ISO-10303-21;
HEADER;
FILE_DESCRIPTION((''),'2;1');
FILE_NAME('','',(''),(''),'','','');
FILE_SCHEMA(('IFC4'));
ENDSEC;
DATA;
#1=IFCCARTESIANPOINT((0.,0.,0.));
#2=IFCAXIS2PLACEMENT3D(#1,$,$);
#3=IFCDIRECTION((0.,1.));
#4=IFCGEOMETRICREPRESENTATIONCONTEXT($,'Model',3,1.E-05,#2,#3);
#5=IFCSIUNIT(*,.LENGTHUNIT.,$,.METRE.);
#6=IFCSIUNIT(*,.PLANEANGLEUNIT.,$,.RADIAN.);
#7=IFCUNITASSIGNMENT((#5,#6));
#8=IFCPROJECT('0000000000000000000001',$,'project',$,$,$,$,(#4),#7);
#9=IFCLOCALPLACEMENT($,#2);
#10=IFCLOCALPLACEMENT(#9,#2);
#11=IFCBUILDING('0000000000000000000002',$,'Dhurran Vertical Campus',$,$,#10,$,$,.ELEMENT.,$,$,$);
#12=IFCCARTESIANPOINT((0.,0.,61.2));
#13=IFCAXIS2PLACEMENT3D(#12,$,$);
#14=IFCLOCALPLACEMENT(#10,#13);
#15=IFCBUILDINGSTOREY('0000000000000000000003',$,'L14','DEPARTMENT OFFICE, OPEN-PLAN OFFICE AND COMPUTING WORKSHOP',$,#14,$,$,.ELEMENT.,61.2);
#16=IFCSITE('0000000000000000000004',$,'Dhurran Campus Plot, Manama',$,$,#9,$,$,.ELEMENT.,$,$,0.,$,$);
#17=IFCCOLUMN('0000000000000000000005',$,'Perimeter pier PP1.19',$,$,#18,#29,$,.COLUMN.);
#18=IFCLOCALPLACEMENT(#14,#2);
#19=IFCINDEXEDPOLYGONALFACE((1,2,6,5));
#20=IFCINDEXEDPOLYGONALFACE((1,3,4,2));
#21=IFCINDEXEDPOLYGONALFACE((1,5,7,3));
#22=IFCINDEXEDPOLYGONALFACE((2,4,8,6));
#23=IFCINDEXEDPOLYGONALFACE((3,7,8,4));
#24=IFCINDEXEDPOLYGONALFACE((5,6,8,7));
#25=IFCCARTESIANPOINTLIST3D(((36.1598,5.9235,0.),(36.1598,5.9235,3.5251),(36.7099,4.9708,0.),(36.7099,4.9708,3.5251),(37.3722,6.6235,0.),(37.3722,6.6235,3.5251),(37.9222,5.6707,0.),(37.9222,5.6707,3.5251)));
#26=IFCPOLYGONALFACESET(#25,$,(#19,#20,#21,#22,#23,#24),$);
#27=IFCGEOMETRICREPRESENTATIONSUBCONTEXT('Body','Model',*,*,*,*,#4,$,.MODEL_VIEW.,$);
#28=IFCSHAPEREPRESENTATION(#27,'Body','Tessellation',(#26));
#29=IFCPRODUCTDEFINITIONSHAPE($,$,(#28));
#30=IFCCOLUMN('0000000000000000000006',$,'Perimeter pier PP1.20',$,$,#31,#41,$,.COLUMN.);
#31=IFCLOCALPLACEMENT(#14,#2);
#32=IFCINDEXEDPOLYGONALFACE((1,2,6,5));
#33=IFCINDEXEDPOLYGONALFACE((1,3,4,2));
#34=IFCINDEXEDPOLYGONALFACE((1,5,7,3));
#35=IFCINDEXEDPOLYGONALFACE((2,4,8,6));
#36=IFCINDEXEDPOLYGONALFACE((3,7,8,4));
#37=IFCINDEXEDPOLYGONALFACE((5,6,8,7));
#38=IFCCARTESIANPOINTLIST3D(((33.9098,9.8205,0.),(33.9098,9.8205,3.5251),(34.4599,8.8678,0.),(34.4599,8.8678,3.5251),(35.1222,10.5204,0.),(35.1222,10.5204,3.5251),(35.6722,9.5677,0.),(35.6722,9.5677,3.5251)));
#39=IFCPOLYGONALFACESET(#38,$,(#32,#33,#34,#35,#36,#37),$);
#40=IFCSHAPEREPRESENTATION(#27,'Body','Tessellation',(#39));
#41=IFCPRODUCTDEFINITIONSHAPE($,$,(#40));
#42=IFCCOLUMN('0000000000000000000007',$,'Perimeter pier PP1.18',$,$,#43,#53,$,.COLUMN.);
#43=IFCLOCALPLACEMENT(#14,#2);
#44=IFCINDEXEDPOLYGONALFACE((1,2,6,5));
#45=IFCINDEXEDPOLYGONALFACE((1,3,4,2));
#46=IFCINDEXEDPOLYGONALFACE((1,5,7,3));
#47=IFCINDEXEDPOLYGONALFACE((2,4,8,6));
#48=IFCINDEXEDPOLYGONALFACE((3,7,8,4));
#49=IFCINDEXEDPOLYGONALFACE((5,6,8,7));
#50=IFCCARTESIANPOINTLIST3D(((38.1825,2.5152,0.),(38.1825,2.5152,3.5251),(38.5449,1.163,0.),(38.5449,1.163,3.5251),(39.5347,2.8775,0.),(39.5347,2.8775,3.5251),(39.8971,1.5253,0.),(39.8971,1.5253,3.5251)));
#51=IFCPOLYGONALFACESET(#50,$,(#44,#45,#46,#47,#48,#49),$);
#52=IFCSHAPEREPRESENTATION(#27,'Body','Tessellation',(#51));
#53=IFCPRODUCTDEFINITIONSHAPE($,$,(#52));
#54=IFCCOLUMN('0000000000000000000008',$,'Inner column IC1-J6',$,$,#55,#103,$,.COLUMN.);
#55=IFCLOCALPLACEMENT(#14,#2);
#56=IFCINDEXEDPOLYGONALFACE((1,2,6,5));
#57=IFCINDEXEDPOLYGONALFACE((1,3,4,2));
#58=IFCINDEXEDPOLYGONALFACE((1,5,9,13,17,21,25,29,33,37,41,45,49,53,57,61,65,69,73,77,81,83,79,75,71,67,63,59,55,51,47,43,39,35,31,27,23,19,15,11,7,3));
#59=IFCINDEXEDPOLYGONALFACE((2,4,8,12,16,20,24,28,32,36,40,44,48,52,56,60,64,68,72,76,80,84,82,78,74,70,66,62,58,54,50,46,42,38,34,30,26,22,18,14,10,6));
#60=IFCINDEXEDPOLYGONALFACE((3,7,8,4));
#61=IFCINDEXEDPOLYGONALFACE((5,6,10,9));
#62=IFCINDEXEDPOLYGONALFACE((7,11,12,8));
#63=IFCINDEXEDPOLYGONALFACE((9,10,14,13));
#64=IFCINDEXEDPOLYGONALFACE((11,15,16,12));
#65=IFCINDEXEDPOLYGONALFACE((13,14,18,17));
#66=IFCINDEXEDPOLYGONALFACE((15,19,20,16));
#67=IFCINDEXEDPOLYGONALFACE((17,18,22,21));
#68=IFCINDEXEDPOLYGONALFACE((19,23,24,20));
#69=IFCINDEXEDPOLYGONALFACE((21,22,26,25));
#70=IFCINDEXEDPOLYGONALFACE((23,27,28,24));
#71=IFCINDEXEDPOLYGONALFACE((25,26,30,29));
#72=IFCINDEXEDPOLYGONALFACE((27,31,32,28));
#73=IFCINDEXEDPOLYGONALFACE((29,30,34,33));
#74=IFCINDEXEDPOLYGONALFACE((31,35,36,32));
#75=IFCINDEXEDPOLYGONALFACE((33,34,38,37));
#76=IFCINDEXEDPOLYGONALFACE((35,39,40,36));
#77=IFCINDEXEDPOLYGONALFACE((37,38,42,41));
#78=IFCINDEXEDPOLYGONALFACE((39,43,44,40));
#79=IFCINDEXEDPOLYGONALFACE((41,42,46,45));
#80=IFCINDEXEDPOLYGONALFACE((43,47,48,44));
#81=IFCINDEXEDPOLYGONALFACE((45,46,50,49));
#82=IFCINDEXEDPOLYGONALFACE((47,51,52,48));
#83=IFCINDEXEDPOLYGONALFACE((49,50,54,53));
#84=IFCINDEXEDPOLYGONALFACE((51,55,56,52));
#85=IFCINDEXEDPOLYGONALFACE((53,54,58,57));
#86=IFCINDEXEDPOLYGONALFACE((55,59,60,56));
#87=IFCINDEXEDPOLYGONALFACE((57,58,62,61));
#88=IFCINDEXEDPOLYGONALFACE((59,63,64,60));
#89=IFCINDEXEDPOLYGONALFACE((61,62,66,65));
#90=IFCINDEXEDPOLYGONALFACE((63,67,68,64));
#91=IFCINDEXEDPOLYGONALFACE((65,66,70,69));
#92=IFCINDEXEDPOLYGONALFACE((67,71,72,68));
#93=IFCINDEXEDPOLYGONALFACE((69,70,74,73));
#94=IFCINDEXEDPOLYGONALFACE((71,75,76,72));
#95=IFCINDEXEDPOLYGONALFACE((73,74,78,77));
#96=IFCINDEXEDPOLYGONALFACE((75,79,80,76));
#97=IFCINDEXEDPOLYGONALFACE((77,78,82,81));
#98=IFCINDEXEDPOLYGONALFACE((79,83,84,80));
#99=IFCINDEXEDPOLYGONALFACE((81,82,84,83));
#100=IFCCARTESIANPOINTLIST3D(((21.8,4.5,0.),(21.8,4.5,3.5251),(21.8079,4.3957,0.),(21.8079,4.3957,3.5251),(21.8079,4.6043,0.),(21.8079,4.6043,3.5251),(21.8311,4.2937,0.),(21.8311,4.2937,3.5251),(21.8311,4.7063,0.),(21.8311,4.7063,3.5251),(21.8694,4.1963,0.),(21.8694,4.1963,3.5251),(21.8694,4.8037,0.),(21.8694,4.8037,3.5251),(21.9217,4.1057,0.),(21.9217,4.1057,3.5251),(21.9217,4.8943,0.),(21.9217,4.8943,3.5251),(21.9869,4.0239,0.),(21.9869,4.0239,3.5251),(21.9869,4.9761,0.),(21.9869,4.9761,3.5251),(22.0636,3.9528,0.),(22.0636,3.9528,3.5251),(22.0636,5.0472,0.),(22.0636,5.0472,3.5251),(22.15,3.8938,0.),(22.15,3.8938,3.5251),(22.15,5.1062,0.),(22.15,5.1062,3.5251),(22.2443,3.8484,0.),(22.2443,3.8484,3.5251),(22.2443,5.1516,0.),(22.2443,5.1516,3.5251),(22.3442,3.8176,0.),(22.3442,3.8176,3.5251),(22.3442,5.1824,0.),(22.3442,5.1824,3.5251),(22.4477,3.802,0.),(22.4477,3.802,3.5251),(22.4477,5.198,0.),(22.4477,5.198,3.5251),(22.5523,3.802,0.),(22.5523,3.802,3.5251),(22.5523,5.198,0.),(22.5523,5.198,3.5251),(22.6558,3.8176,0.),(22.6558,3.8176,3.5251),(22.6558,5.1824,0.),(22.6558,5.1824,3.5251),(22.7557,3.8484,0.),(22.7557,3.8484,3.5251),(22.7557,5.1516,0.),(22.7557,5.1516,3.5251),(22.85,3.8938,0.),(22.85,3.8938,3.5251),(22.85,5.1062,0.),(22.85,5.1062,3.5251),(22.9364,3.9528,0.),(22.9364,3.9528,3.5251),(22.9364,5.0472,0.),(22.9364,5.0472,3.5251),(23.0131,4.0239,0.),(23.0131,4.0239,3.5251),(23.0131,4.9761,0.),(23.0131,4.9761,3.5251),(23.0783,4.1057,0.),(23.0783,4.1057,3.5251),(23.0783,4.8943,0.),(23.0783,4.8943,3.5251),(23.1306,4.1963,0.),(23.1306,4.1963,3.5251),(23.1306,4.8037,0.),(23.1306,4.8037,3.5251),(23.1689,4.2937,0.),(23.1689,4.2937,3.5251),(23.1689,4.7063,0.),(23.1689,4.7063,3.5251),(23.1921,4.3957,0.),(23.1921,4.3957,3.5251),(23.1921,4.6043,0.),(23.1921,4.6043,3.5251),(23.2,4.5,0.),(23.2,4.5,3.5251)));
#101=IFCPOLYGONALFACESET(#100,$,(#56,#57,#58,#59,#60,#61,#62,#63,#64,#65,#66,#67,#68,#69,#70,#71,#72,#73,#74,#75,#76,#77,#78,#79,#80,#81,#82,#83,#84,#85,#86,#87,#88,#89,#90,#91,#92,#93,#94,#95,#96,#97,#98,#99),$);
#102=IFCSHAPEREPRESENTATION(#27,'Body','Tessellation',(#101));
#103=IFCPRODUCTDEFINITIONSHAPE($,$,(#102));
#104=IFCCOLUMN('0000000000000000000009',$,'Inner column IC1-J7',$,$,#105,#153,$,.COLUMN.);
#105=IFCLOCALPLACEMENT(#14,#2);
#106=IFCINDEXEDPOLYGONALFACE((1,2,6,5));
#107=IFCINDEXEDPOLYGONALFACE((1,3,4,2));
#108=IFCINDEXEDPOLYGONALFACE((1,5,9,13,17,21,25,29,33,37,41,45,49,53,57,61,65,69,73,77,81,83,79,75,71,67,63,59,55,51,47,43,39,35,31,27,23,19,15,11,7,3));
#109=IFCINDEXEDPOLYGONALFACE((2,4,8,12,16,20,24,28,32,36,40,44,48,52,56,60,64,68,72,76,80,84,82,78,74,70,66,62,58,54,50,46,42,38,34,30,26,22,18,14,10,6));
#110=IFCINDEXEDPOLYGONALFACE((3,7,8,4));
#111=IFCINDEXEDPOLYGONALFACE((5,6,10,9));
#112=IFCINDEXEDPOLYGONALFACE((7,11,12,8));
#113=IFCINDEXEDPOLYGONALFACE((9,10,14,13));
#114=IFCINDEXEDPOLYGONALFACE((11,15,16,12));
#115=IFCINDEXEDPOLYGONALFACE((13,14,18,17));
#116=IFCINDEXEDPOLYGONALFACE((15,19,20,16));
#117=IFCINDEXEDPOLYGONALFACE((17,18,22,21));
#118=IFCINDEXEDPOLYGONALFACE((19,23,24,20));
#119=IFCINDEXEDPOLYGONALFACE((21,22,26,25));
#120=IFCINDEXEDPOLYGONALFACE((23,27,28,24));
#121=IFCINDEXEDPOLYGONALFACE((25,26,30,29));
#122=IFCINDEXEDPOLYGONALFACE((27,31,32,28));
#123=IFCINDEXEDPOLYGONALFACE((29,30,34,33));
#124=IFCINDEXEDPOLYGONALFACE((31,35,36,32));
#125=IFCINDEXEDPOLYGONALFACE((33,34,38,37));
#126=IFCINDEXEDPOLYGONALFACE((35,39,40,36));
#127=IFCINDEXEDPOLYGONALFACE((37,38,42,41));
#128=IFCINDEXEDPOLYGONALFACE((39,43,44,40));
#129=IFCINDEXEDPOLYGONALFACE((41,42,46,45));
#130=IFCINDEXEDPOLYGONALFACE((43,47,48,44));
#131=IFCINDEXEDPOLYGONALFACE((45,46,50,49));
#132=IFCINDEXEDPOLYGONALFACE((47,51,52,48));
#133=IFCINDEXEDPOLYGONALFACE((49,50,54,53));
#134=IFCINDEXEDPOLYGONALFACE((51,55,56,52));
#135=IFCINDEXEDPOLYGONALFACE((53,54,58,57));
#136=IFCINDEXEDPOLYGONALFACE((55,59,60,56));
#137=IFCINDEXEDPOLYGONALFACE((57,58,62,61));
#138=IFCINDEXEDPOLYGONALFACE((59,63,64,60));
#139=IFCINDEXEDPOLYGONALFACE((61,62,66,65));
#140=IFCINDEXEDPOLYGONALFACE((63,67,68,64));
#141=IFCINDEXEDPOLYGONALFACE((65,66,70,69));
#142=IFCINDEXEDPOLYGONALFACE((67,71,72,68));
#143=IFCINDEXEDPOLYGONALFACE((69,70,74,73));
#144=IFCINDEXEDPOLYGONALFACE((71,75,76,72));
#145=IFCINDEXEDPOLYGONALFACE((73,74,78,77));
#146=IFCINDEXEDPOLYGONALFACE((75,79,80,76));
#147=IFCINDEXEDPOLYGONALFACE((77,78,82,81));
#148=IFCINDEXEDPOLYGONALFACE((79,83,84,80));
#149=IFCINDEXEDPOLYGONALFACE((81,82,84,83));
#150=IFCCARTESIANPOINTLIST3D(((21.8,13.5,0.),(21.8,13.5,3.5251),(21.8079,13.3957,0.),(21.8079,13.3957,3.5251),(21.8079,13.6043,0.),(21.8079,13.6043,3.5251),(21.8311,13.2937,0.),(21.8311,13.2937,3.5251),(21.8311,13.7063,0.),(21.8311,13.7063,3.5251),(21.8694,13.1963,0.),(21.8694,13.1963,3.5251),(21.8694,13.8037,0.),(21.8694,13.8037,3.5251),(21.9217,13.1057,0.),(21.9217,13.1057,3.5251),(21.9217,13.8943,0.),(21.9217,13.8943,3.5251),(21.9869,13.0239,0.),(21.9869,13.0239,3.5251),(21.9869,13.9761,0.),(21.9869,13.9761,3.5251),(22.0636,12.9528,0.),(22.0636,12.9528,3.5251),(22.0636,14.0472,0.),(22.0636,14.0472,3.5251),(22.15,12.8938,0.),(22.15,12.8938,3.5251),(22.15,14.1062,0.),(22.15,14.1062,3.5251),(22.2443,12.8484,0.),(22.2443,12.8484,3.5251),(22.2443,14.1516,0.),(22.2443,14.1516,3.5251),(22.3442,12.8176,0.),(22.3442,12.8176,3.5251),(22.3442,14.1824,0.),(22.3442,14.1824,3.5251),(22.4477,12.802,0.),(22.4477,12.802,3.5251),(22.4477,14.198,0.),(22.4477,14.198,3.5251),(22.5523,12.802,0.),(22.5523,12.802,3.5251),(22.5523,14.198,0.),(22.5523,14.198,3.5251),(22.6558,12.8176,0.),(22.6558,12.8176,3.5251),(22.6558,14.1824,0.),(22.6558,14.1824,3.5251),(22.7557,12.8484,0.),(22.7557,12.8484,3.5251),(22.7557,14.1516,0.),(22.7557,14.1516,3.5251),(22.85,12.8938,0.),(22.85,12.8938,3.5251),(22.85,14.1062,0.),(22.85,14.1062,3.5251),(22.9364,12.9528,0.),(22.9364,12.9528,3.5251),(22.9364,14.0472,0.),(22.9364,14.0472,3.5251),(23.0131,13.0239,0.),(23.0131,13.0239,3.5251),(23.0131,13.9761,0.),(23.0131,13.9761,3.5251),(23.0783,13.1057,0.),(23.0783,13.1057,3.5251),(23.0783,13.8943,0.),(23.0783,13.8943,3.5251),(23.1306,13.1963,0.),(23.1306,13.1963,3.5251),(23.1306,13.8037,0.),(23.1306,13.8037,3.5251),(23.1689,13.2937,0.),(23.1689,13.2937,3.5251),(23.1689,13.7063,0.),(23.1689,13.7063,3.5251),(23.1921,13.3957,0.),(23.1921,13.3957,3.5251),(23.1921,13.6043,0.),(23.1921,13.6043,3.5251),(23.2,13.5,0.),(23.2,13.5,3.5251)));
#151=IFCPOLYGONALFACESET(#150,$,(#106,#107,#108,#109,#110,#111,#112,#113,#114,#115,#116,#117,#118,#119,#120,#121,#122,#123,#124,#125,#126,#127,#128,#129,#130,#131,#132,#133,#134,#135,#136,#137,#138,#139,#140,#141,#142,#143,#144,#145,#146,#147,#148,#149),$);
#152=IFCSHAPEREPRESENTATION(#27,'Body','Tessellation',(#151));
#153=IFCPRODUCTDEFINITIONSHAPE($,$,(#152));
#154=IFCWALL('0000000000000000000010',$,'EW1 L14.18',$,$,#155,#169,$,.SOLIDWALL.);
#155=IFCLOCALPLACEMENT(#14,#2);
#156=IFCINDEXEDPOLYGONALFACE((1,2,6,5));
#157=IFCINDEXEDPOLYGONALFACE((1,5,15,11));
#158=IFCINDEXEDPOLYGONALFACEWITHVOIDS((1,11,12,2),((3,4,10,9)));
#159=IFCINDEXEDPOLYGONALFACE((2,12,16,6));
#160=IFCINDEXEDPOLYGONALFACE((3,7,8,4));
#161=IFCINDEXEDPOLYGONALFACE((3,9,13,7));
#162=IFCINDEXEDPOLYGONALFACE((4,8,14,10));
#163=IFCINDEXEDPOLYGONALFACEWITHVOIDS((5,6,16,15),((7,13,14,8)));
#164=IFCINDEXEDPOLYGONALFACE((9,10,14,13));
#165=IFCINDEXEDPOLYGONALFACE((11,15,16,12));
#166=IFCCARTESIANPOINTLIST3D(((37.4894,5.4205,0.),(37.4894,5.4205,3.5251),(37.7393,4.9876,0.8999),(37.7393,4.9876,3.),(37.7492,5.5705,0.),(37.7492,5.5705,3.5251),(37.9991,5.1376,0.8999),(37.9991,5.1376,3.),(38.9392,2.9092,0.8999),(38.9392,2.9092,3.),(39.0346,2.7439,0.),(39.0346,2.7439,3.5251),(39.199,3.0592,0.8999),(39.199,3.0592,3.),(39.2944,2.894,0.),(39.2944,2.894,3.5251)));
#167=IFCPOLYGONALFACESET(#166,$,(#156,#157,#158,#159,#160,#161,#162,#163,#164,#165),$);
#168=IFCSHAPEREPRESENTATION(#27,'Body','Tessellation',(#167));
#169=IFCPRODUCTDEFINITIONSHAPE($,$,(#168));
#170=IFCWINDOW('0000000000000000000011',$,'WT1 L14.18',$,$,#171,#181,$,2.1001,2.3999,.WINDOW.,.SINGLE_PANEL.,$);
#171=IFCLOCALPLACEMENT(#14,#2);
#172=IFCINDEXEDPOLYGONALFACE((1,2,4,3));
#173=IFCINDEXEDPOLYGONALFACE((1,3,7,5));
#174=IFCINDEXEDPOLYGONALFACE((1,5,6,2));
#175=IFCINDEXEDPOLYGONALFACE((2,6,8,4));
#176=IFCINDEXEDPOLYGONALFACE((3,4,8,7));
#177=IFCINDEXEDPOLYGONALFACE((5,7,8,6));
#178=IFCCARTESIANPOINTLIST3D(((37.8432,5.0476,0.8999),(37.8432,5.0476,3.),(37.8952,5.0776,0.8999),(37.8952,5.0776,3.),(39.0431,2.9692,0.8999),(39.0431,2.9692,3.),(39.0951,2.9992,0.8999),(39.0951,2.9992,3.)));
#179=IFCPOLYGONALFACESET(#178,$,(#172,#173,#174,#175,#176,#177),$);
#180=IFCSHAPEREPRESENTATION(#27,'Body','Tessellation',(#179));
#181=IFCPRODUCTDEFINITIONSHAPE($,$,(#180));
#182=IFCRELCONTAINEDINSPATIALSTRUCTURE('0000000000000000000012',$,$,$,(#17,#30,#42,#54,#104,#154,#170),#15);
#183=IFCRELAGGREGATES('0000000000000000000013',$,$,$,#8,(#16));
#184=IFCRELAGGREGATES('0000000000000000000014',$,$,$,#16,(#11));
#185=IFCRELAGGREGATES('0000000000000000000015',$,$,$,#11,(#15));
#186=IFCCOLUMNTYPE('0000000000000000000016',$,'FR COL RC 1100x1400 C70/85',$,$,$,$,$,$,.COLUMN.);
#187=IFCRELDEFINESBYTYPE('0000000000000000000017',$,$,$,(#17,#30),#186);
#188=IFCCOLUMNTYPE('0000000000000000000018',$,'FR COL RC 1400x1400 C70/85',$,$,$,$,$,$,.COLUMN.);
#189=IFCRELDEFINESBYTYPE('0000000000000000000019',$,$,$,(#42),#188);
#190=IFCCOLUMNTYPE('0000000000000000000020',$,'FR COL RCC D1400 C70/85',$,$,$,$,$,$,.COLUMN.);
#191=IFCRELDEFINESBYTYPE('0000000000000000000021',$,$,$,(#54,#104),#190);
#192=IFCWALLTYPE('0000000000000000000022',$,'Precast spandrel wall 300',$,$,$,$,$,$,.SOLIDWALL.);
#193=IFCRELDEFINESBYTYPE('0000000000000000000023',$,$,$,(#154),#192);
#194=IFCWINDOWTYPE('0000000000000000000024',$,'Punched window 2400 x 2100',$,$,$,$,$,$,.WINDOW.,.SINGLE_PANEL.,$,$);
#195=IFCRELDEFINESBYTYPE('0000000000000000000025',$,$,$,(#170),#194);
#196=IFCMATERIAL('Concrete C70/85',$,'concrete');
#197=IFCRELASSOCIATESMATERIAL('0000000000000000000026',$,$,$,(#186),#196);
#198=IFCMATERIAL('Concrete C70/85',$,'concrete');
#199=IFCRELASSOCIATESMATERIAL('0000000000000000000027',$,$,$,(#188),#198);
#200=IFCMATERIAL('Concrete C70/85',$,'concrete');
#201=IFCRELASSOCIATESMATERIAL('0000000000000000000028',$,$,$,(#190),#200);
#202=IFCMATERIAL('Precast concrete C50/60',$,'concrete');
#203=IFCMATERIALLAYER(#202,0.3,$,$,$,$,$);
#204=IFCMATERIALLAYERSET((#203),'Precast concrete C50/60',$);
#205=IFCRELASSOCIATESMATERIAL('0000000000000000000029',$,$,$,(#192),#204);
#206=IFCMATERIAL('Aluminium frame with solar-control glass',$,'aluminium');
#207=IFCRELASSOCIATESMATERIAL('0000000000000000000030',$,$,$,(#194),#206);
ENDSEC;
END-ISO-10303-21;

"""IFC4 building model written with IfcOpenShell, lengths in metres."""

from ifc_helpers import new_model, si_unit, direction, frame, frame_2d, origin, origin_2d, place, context, subcontext, project, spatial, rectangle, circle, extrude, material, layer, layer_set, material_profile, profile_set, type_object, element, fill, save


model = new_model("IFC4")

# Units and contexts
model_context = context("Model", 3, precision=1e-05, world=origin(), true_north=direction((0.0, 1.0)))
body_context = subcontext(model_context, "Body", "Model", "MODEL_VIEW")
ifc_project = project(units=[si_unit("LENGTHUNIT", "METRE"), si_unit("PLANEANGLEUNIT", "RADIAN")], contexts=[model_context])

# Site, building, storey
site_placement = place(None, origin())
site = spatial("IfcSite", under=ifc_project, at=site_placement, Name="Dhurran Campus Plot, Manama", CompositionType="ELEMENT", RefElevation=0.0)
building_placement = place(site_placement, origin())
building = spatial("IfcBuilding", under=site, at=building_placement, Name="Dhurran Vertical Campus", CompositionType="ELEMENT")
storey_placement = place(building_placement, frame((0.0, 0.0, 61.2)))
storey = spatial("IfcBuildingStorey", under=building, at=storey_placement, Name="L14", Description="DEPARTMENT OFFICE, OPEN-PLAN OFFICE AND COMPUTING WORKSHOP", CompositionType="ELEMENT", Elevation=61.2)

# Columns
ifc_material_1 = material(Name="Concrete C70/85", Category="concrete")
ifc_material_profile_1 = material_profile(ifc_material_1, rectangle(XDim=1.1001, YDim=1.3999, at=origin_2d()), Name="RC 1100x1400")
ifc_profile_set_1 = profile_set([ifc_material_profile_1], Name="Concrete C70/85")
column_type_1 = type_object("IfcColumnType", Name="FR COL RC 1100x1400 C70/85", PredefinedType="COLUMN", material=ifc_profile_set_1)
for number, where, z_axis, x_axis, name in (
    (1, (37.041, 5.7971, 0.0), (0.0, 0.0, 1.0), (-0.5, 0.866025, 0.0), "Perimeter pier PP1.19"),
    (2, (34.791, 9.6941, 0.0), (0.0, 0.0, 1.0), (-0.5, 0.866025, 0.0), "Perimeter pier PP1.20"),
):
    element("IfcColumn", number, at=place(storey_placement, frame(where, z_axis=z_axis, x_axis=x_axis)), inside=storey, type_object=column_type_1, Name=name, PredefinedType="COLUMN", context=body_context, shape_type="SweptSolid", body=[
        extrude(rectangle(XDim=1.1001, YDim=1.3999, at=origin_2d()), origin(), (0.0, 0.0, 1.0), 3.5251),
    ])
ifc_material_2 = material(Name="Concrete C70/85", Category="concrete")
ifc_material_profile_2 = material_profile(ifc_material_2, rectangle(XDim=1.3999, YDim=1.3999, at=origin_2d()), Name="RC 1400x1400")
ifc_profile_set_2 = profile_set([ifc_material_profile_2], Name="Concrete C70/85")
column_type_2 = type_object("IfcColumnType", Name="FR COL RC 1400x1400 C70/85", PredefinedType="COLUMN", material=ifc_profile_set_2)
column_placement = place(storey_placement, frame((39.0398, 2.0203, 0.0), z_axis=(0.0, 0.0, 1.0), x_axis=(-0.258819, 0.965926, 0.0)))
element("IfcColumn", 3, at=column_placement, inside=storey, type_object=column_type_2, Name="Perimeter pier PP1.18", PredefinedType="COLUMN", context=body_context, shape_type="SweptSolid", body=[
    extrude(rectangle(XDim=1.3999, YDim=1.3999, at=origin_2d()), origin(), (0.0, 0.0, 1.0), 3.5251),
])
ifc_material_3 = material(Name="Concrete C70/85", Category="concrete")
ifc_material_profile_3 = material_profile(ifc_material_3, circle(Radius=0.7, at=origin_2d()), Name="RCC D1400")
ifc_profile_set_3 = profile_set([ifc_material_profile_3], Name="Concrete C70/85")
column_type_3 = type_object("IfcColumnType", Name="FR COL RCC D1400 C70/85", PredefinedType="COLUMN", material=ifc_profile_set_3)
for number, where, z_axis, x_axis, name in (
    (4, (22.5, 4.5, 0.0), (0.0, 0.0, 1.0), (1.0, 0.0, 0.0), "Inner column IC1-J6"),
    (5, (22.5, 13.5, 0.0), (0.0, 0.0, 1.0), (1.0, 0.0, 0.0), "Inner column IC1-J7"),
):
    element("IfcColumn", number, at=place(storey_placement, frame(where, z_axis=z_axis, x_axis=x_axis)), inside=storey, type_object=column_type_3, Name=name, PredefinedType="COLUMN", context=body_context, shape_type="SweptSolid", body=[
        extrude(circle(Radius=0.7, at=origin_2d()), origin(), (0.0, 0.0, 1.0), 3.5251),
    ])

# Wall, opening, window
ifc_material_4 = material(Name="Precast concrete C50/60", Category="concrete")
ifc_layer_1 = layer(ifc_material_4, 0.3)
ifc_layer_set_1 = layer_set([ifc_layer_1], Name="Precast concrete C50/60")
wall_type_1 = type_object("IfcWallType", Name="Precast spandrel wall 300", PredefinedType="SOLIDWALL", material=ifc_layer_set_1)
wall_1_placement = place(storey_placement, frame((39.1646, 2.8188, 0.0), z_axis=(0.0, 0.0, 1.0), x_axis=(-0.499971, 0.866042, 0.0)))
wall_1 = element("IfcWall", 6, at=wall_1_placement, inside=storey, type_object=wall_type_1, Name="EW1 L14.18", PredefinedType="SOLIDWALL", context=body_context, shape_type="SweptSolid", body=[
    extrude(rectangle(XDim=3.0906, YDim=0.3, at=frame_2d((1.5454, 0.0))), origin(), (0.0, 0.0, 1.0), 3.5251),
])
opening_1_placement = place(wall_1_placement, frame((0.1909, 0.0, 0.8999)))
opening_1 = element("IfcOpeningElement", 7, at=opening_1_placement, cuts=wall_1, PredefinedType="OPENING", context=body_context, shape_type="SweptSolid", body=[
    extrude(rectangle(XDim=2.3999, YDim=2.1001, at=frame_2d((1.2, 1.05))), frame((0.0, 0.1599, 0.0), z_axis=(0.0, -1.0, 0.0), x_axis=(1.0, 0.0, 0.0)), (0.0, 0.0, 1.0), 0.3201),
])
ifc_material_5 = material(Name="Aluminium frame with solar-control glass", Category="aluminium")
window_type = type_object("IfcWindowType", Name="Punched window 2400 x 2100", PartitioningType="SINGLE_PANEL", PredefinedType="WINDOW", material=ifc_material_5)
window_1_placement = place(opening_1_placement, origin())
window_1 = element("IfcWindow", 8, at=window_1_placement, inside=storey, type_object=window_type, Name="WT1 L14.18", OverallHeight=2.1001, OverallWidth=2.3999, PartitioningType="SINGLE_PANEL", PredefinedType="WINDOW", context=body_context, shape_type="SweptSolid", body=[
    extrude(rectangle(XDim=2.3999, YDim=2.1001, at=frame_2d((1.2, 1.05))), frame((0.0, 0.03, 0.0), z_axis=(0.0, -1.0, 0.0), x_axis=(1.0, 0.0, 0.0)), (0.0, 0.0, 1.0), 0.0601),
])
fill(opening_1, window_1)

save(model, "model.ifc")
